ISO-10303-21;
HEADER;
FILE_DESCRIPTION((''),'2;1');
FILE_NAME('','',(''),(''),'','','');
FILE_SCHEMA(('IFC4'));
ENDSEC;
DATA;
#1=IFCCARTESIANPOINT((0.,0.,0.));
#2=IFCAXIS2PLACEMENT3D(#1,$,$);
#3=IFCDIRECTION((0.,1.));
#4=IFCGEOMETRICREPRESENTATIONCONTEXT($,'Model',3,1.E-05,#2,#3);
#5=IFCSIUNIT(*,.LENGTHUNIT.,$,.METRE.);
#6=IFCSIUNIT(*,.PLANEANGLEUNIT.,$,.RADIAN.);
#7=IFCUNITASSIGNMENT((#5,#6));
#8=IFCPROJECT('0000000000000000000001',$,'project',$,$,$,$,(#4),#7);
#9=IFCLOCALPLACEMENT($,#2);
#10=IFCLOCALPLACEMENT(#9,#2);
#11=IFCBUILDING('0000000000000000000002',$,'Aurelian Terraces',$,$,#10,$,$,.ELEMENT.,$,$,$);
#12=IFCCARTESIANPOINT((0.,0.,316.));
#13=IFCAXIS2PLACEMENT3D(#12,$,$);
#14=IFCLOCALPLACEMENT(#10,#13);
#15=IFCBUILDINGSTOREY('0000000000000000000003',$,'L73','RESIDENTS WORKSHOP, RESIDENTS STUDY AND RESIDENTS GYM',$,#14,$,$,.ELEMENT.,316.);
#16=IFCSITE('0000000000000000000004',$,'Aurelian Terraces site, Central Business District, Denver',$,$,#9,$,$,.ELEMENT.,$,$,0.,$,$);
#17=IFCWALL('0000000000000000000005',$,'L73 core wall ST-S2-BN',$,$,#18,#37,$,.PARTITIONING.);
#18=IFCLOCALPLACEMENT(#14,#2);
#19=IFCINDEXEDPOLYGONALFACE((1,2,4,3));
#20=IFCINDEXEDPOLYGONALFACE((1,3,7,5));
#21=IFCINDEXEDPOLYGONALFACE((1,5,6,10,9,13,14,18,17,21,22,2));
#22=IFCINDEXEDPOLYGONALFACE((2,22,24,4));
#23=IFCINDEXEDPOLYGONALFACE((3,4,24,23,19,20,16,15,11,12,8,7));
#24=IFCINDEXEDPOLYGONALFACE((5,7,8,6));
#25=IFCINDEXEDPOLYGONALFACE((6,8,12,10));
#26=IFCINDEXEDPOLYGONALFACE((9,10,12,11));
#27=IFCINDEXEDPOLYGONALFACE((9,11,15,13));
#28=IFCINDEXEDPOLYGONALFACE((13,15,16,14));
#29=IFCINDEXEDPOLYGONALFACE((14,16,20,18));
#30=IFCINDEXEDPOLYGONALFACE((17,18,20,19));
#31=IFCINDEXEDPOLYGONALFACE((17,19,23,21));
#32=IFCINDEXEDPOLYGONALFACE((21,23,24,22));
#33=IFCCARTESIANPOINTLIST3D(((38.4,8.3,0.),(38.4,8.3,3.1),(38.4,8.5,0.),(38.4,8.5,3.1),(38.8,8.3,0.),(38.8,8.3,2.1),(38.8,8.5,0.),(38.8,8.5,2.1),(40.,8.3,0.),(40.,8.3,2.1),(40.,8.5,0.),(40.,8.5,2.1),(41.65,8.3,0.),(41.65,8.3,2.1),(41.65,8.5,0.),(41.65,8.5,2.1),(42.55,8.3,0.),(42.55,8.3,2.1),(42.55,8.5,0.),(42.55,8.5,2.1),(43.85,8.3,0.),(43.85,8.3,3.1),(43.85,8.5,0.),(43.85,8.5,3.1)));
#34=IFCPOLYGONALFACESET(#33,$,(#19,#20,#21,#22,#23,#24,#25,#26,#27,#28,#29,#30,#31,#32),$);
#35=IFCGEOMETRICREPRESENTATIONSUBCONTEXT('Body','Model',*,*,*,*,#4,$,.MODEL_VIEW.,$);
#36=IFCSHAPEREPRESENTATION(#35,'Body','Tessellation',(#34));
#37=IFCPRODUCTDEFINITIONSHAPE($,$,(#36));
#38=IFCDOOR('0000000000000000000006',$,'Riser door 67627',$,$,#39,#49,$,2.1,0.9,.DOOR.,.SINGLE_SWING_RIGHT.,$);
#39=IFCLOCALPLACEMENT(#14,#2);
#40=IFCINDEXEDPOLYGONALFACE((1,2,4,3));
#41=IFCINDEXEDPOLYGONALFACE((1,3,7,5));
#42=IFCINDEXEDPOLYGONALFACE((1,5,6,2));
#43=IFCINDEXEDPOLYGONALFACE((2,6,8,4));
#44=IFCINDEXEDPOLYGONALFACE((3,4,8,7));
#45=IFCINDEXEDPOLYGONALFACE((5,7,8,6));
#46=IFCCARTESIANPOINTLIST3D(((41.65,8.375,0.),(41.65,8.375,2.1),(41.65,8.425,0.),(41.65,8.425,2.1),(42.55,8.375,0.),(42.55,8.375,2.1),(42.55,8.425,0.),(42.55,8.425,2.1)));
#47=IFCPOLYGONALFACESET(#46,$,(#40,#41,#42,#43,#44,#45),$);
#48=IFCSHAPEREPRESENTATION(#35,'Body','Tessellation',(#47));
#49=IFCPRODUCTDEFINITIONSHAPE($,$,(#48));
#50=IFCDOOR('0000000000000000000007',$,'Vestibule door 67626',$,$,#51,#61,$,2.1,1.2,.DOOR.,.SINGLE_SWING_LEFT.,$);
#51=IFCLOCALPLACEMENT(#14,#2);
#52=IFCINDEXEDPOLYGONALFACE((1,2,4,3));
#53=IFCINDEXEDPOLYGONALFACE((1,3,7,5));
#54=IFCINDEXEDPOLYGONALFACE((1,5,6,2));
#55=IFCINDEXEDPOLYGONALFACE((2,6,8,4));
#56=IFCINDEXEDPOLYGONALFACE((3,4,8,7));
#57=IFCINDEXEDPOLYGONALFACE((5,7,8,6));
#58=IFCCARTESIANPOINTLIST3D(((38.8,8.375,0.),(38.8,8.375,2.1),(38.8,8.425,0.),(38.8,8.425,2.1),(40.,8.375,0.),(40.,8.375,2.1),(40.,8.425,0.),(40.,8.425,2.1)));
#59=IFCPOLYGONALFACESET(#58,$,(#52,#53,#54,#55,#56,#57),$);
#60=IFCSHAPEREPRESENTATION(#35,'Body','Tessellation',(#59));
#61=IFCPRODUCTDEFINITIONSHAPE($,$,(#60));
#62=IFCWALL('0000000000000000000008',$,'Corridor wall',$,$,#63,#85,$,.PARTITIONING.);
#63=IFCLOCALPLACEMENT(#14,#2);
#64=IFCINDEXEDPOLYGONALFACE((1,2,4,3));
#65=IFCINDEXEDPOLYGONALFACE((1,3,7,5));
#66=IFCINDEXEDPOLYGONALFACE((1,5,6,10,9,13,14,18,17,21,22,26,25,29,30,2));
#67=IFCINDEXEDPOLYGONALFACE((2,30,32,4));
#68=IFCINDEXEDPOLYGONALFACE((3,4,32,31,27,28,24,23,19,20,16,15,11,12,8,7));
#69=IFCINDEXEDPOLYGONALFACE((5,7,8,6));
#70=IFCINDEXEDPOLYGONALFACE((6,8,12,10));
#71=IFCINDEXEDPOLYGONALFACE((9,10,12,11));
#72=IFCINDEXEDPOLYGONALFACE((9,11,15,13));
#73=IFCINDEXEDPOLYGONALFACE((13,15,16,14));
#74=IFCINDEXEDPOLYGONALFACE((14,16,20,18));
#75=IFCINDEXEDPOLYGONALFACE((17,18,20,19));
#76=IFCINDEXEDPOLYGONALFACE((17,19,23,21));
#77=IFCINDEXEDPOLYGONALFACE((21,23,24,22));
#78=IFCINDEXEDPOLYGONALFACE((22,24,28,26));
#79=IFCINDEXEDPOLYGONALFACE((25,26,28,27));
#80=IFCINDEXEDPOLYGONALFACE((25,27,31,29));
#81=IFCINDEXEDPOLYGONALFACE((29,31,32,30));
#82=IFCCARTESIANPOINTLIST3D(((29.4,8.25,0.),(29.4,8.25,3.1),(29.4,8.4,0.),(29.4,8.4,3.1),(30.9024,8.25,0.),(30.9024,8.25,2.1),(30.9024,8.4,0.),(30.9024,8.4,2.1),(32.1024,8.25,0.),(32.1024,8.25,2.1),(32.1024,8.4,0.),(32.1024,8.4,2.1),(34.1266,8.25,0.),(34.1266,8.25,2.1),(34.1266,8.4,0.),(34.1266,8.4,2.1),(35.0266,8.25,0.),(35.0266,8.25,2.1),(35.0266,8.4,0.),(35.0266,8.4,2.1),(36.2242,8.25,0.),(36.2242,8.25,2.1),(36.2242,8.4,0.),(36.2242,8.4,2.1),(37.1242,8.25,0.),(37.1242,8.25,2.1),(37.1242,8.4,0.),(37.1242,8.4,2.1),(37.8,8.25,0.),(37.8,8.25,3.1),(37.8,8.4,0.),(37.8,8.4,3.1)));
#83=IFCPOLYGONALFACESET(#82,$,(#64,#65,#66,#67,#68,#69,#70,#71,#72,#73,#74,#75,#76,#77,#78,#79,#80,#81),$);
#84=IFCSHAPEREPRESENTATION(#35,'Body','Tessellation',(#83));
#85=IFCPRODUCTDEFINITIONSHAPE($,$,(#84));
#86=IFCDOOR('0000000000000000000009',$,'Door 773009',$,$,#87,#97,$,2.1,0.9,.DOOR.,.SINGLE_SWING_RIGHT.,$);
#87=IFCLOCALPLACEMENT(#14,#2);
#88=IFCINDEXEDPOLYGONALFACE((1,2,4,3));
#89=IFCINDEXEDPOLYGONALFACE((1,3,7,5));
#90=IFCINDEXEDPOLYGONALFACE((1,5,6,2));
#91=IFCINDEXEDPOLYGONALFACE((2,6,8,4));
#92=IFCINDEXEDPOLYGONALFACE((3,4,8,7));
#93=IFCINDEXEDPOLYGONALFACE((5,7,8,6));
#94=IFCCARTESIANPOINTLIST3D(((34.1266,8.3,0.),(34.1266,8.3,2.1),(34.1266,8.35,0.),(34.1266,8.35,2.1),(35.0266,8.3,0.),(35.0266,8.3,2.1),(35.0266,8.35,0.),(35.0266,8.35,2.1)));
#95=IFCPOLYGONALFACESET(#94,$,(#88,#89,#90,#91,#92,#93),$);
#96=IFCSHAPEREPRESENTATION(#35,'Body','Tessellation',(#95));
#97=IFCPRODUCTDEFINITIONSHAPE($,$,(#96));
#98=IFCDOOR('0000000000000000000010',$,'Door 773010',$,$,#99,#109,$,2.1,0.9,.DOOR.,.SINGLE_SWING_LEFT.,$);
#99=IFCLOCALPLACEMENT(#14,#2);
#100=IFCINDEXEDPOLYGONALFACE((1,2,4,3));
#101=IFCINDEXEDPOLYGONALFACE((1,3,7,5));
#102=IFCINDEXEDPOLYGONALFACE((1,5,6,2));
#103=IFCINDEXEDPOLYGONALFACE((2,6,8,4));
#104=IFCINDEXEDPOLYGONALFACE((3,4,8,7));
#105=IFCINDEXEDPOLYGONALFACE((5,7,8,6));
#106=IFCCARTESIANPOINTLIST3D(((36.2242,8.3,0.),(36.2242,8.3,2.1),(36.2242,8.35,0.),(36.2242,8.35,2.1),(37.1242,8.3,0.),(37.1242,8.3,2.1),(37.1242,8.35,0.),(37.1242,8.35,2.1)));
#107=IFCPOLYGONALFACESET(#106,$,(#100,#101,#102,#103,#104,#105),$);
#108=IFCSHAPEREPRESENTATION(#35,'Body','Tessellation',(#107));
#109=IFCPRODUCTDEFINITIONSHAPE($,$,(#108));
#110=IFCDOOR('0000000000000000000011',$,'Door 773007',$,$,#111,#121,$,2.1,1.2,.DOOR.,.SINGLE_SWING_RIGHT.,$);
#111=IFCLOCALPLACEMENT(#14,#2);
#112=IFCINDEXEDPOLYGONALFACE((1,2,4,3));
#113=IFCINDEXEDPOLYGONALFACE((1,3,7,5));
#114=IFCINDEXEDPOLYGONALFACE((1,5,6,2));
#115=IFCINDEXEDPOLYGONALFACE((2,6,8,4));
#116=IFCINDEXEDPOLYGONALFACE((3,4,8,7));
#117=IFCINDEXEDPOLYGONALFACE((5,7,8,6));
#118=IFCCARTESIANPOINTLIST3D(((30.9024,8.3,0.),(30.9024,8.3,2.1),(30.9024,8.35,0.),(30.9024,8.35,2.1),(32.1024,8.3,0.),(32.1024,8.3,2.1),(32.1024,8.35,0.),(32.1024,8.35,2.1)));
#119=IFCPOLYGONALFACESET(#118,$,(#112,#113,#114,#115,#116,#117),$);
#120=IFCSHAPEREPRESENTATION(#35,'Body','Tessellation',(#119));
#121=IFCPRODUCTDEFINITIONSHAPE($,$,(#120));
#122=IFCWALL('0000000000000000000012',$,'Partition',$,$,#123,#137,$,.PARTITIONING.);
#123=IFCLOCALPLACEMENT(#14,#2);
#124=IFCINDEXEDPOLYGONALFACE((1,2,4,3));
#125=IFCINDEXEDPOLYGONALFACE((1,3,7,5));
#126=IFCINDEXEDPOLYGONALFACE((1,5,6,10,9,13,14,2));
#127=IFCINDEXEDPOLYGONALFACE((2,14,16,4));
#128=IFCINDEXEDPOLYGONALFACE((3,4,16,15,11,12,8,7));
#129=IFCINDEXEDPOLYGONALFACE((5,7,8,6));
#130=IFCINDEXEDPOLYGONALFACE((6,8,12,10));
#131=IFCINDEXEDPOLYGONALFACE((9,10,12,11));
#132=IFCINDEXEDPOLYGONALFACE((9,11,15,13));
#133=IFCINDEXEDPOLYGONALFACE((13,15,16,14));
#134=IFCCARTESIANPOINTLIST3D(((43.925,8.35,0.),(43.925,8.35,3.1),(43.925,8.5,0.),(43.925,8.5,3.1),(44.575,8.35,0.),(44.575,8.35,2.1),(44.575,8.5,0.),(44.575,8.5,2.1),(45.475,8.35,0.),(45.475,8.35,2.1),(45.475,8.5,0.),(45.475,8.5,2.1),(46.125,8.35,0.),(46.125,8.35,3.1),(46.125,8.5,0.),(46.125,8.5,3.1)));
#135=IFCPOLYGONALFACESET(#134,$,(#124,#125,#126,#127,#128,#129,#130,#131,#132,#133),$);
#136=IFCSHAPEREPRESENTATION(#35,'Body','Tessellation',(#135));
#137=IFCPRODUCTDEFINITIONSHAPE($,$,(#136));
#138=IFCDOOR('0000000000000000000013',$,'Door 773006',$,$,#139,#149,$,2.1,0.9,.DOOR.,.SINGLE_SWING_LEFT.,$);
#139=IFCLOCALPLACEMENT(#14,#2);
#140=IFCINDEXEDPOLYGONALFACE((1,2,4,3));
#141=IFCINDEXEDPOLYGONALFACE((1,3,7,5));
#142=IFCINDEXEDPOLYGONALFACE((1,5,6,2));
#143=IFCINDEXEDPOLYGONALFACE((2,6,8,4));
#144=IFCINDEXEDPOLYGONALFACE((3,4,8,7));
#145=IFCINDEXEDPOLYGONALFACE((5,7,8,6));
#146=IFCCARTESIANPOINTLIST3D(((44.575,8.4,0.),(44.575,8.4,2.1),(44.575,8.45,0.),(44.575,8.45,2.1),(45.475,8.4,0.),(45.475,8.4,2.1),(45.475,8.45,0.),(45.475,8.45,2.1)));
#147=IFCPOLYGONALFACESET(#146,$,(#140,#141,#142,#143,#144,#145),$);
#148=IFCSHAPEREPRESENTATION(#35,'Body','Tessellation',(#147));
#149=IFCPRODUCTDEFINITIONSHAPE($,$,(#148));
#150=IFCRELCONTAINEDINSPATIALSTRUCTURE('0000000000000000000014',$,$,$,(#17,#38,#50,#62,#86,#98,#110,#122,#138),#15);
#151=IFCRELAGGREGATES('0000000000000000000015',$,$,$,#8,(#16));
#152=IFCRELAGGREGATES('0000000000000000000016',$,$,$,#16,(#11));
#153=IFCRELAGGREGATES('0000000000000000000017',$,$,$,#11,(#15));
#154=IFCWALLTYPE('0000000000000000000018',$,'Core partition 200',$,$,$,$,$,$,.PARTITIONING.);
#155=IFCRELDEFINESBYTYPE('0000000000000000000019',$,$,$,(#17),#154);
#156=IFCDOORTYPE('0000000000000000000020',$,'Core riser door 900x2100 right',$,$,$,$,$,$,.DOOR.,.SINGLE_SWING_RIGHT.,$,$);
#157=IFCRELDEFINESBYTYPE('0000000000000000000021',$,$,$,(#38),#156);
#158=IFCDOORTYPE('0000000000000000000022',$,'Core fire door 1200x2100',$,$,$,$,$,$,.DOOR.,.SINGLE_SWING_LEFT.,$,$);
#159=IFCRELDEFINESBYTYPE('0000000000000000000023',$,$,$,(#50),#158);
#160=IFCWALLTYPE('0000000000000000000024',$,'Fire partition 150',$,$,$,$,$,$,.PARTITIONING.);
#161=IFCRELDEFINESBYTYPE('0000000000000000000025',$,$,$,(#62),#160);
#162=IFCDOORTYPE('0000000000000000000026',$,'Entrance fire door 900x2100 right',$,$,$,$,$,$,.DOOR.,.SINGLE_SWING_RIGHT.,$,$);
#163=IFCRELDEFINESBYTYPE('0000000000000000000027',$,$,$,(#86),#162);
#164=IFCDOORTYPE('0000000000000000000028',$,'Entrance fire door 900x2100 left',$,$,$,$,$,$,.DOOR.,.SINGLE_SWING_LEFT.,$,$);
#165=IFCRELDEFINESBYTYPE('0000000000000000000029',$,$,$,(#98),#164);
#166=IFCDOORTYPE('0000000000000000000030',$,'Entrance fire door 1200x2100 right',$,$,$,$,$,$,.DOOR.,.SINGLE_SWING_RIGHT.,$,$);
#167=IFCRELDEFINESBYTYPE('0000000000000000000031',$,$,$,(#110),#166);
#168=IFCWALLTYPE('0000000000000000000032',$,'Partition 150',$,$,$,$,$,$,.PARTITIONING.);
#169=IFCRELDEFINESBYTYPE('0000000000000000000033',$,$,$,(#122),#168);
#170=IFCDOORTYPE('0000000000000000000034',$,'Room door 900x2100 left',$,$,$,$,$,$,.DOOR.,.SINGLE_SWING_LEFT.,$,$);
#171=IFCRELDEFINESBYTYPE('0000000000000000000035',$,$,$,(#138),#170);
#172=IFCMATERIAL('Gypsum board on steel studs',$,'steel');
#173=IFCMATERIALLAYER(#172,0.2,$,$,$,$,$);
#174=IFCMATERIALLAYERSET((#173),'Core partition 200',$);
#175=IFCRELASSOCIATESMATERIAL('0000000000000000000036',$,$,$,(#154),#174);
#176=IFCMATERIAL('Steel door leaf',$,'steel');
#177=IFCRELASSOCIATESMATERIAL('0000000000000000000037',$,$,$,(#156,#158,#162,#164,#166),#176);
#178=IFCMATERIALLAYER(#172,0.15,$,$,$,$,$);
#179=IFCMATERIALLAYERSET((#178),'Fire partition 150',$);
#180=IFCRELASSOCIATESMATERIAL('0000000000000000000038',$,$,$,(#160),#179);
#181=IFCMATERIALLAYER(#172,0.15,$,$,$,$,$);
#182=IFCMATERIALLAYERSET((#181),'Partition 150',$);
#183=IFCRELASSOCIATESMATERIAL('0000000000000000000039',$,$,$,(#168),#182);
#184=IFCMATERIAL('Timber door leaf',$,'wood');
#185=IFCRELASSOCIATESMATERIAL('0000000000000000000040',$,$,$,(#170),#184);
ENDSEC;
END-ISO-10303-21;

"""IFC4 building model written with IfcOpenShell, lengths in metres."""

from ifc_helpers import new_model, si_unit, direction, frame, frame_2d, origin, place, context, subcontext, project, spatial, rectangle, extrude, source, transform, mapped, material, layer, layer_set, type_object, element, fill, save


model = new_model("IFC4")

# Units and contexts
model_context = context("Model", 3, precision=1e-05, world=origin(), true_north=direction((0.0, 1.0)))
body_context = subcontext(model_context, "Body", "Model", "MODEL_VIEW")
ifc_project = project(units=[si_unit("LENGTHUNIT", "METRE"), si_unit("PLANEANGLEUNIT", "RADIAN")], contexts=[model_context])

# Site, building, storey
site_placement = place(None, origin())
site = spatial("IfcSite", under=ifc_project, at=site_placement, Name="Aurelian Terraces site, Central Business District, Denver", CompositionType="ELEMENT", RefElevation=0.0)
building_placement = place(site_placement, origin())
building = spatial("IfcBuilding", under=site, at=building_placement, Name="Aurelian Terraces", CompositionType="ELEMENT")
storey_placement = place(building_placement, frame((0.0, 0.0, 316.0)))
storey = spatial("IfcBuildingStorey", under=building, at=storey_placement, Name="L73", Description="RESIDENTS WORKSHOP, RESIDENTS STUDY AND RESIDENTS GYM", CompositionType="ELEMENT", Elevation=316.0)

# Walls, openings, doors
ifc_material_1 = material(Name="Gypsum board on steel studs", Category="steel")
ifc_layer_1 = layer(ifc_material_1, 0.2)
ifc_layer_set_1 = layer_set([ifc_layer_1], Name="Core partition 200")
wall_type_1 = type_object("IfcWallType", Name="Core partition 200", PredefinedType="PARTITIONING", material=ifc_layer_set_1)
shared_shape_1 = source(origin(), body_context, "Body", "SweptSolid", [
    extrude(rectangle(XDim=5.45, YDim=0.2, at=frame_2d((2.725, 0.0))), origin(), (0.0, 0.0, 1.0), 3.1),
])
wall_1_placement = place(storey_placement, frame((38.4, 8.4, 0.0), z_axis=(0.0, 0.0, 1.0), x_axis=(1.0, 0.0, 0.0)))
wall_1 = element("IfcWall", 1, at=wall_1_placement, inside=storey, type_object=wall_type_1, Name="L73 core wall ST-S2-BN", PredefinedType="PARTITIONING", context=body_context, shape_type="MappedRepresentation", body=[
    mapped(shared_shape_1, transform((0.0, 0.0, 0.0), scale=1.0)),
])
shared_shape_2 = source(origin(), body_context, "Body", "SweptSolid", [
    extrude(rectangle(XDim=1.2, YDim=2.1, at=frame_2d((0.6, 1.05))), frame((0.0, 0.11, 0.0), z_axis=(0.0, -1.0, 0.0), x_axis=(1.0, 0.0, 0.0)), (0.0, 0.0, 1.0), 0.22),
])
opening_1_placement = place(wall_1_placement, frame((0.4, 0.0, 0.0)))
opening_1 = element("IfcOpeningElement", 2, at=opening_1_placement, cuts=wall_1, PredefinedType="OPENING", context=body_context, shape_type="MappedRepresentation", body=[
    mapped(shared_shape_2, transform((0.0, 0.0, 0.0), scale=1.0)),
])
shared_shape_3 = source(origin(), body_context, "Body", "SweptSolid", [
    extrude(rectangle(XDim=0.9, YDim=2.1, at=frame_2d((0.45, 1.05))), frame((0.0, 0.11, 0.0), z_axis=(0.0, -1.0, 0.0), x_axis=(1.0, 0.0, 0.0)), (0.0, 0.0, 1.0), 0.22),
])
opening_2_placement = place(wall_1_placement, frame((3.25, 0.0, 0.0)))
opening_2 = element("IfcOpeningElement", 3, at=opening_2_placement, cuts=wall_1, PredefinedType="OPENING", context=body_context, shape_type="MappedRepresentation", body=[
    mapped(shared_shape_3, transform((0.0, 0.0, 0.0), scale=1.0)),
])
ifc_material_2 = material(Name="Steel door leaf", Category="steel")
door_type_1 = type_object("IfcDoorType", Name="Core riser door 900x2100 right", OperationType="SINGLE_SWING_RIGHT", PredefinedType="DOOR", material=ifc_material_2)
shared_shape_4 = source(origin(), body_context, "Body", "SweptSolid", [
    extrude(rectangle(XDim=0.9, YDim=2.1, at=frame_2d((0.45, 1.05))), frame((0.0, 0.025, 0.0), z_axis=(0.0, -1.0, 0.0), x_axis=(1.0, 0.0, 0.0)), (0.0, 0.0, 1.0), 0.05),
])
door_1_placement = place(opening_2_placement, origin())
door_1 = element("IfcDoor", 4, at=door_1_placement, inside=storey, type_object=door_type_1, Name="Riser door 67627", OperationType="SINGLE_SWING_RIGHT", OverallHeight=2.1, OverallWidth=0.9, PredefinedType="DOOR", context=body_context, shape_type="MappedRepresentation", body=[
    mapped(shared_shape_4, transform((0.0, 0.0, 0.0), scale=1.0)),
])
fill(opening_2, door_1)
door_type_2 = type_object("IfcDoorType", Name="Core fire door 1200x2100", OperationType="SINGLE_SWING_LEFT", PredefinedType="DOOR", material=ifc_material_2)
shared_shape_5 = source(origin(), body_context, "Body", "SweptSolid", [
    extrude(rectangle(XDim=1.2, YDim=2.1, at=frame_2d((0.6, 1.05))), frame((0.0, 0.025, 0.0), z_axis=(0.0, -1.0, 0.0), x_axis=(1.0, 0.0, 0.0)), (0.0, 0.0, 1.0), 0.05),
])
door_2_placement = place(opening_1_placement, origin())
door_2 = element("IfcDoor", 5, at=door_2_placement, inside=storey, type_object=door_type_2, Name="Vestibule door 67626", OperationType="SINGLE_SWING_LEFT", OverallHeight=2.1, OverallWidth=1.2, PredefinedType="DOOR", context=body_context, shape_type="MappedRepresentation", body=[
    mapped(shared_shape_5, transform((0.0, 0.0, 0.0), scale=1.0)),
])
fill(opening_1, door_2)
ifc_layer_2 = layer(ifc_material_1, 0.15)
ifc_layer_set_2 = layer_set([ifc_layer_2], Name="Fire partition 150")
wall_type_2 = type_object("IfcWallType", Name="Fire partition 150", PredefinedType="PARTITIONING", material=ifc_layer_set_2)
shared_shape_6 = source(origin(), body_context, "Body", "SweptSolid", [
    extrude(rectangle(XDim=8.4, YDim=0.15, at=frame_2d((4.2, 0.0))), origin(), (0.0, 0.0, 1.0), 3.1),
])
wall_2_placement = place(storey_placement, frame((37.8, 8.325, 0.0), z_axis=(0.0, 0.0, 1.0), x_axis=(-1.0, 0.0, 0.0)))
wall_2 = element("IfcWall", 6, at=wall_2_placement, inside=storey, type_object=wall_type_2, Name="Corridor wall", PredefinedType="PARTITIONING", context=body_context, shape_type="MappedRepresentation", body=[
    mapped(shared_shape_6, transform((0.0, 0.0, 0.0), scale=1.0)),
])
shared_shape_7 = source(origin(), body_context, "Body", "SweptSolid", [
    extrude(rectangle(XDim=1.2, YDim=2.1, at=frame_2d((0.6, 1.05))), frame((0.0, 0.085, 0.0), z_axis=(0.0, -1.0, 0.0), x_axis=(1.0, 0.0, 0.0)), (0.0, 0.0, 1.0), 0.17),
])
opening_3_placement = place(wall_2_placement, frame((5.6976, 0.0, 0.0)))
opening_3 = element("IfcOpeningElement", 7, at=opening_3_placement, cuts=wall_2, PredefinedType="OPENING", context=body_context, shape_type="MappedRepresentation", body=[
    mapped(shared_shape_7, transform((0.0, 0.0, 0.0), scale=1.0)),
])
shared_shape_8 = source(origin(), body_context, "Body", "SweptSolid", [
    extrude(rectangle(XDim=0.9, YDim=2.1, at=frame_2d((0.45, 1.05))), frame((0.0, 0.085, 0.0), z_axis=(0.0, -1.0, 0.0), x_axis=(1.0, 0.0, 0.0)), (0.0, 0.0, 1.0), 0.17),
])
opening_4_placement = place(wall_2_placement, frame((2.7734, 0.0, 0.0)))
opening_4 = element("IfcOpeningElement", 8, at=opening_4_placement, cuts=wall_2, PredefinedType="OPENING", context=body_context, shape_type="MappedRepresentation", body=[
    mapped(shared_shape_8, transform((0.0, 0.0, 0.0), scale=1.0)),
])
opening_5_placement = place(wall_2_placement, frame((0.6758, 0.0, 0.0)))
opening_5 = element("IfcOpeningElement", 9, at=opening_5_placement, cuts=wall_2, PredefinedType="OPENING", context=body_context, shape_type="MappedRepresentation", body=[
    mapped(shared_shape_8, transform((0.0, 0.0, 0.0), scale=1.0)),
])
door_type_3 = type_object("IfcDoorType", Name="Entrance fire door 900x2100 right", OperationType="SINGLE_SWING_RIGHT", PredefinedType="DOOR", material=ifc_material_2)
door_3_placement = place(opening_4_placement, origin())
door_3 = element("IfcDoor", 10, at=door_3_placement, inside=storey, type_object=door_type_3, Name="Door 773009", OperationType="SINGLE_SWING_RIGHT", OverallHeight=2.1, OverallWidth=0.9, PredefinedType="DOOR", context=body_context, shape_type="MappedRepresentation", body=[
    mapped(shared_shape_4, transform((0.0, 0.0, 0.0), scale=1.0)),
])
fill(opening_4, door_3)
door_type_4 = type_object("IfcDoorType", Name="Entrance fire door 900x2100 left", OperationType="SINGLE_SWING_LEFT", PredefinedType="DOOR", material=ifc_material_2)
door_4_placement = place(opening_5_placement, origin())
door_4 = element("IfcDoor", 11, at=door_4_placement, inside=storey, type_object=door_type_4, Name="Door 773010", OperationType="SINGLE_SWING_LEFT", OverallHeight=2.1, OverallWidth=0.9, PredefinedType="DOOR", context=body_context, shape_type="MappedRepresentation", body=[
    mapped(shared_shape_4, transform((0.0, 0.0, 0.0), scale=1.0)),
])
fill(opening_5, door_4)
door_type_5 = type_object("IfcDoorType", Name="Entrance fire door 1200x2100 right", OperationType="SINGLE_SWING_RIGHT", PredefinedType="DOOR", material=ifc_material_2)
door_5_placement = place(opening_3_placement, origin())
door_5 = element("IfcDoor", 12, at=door_5_placement, inside=storey, type_object=door_type_5, Name="Door 773007", OperationType="SINGLE_SWING_RIGHT", OverallHeight=2.1, OverallWidth=1.2, PredefinedType="DOOR", context=body_context, shape_type="MappedRepresentation", body=[
    mapped(shared_shape_5, transform((0.0, 0.0, 0.0), scale=1.0)),
])
fill(opening_3, door_5)

# Wall, opening, door
ifc_layer_3 = layer(ifc_material_1, 0.15)
ifc_layer_set_3 = layer_set([ifc_layer_3], Name="Partition 150")
wall_type_3 = type_object("IfcWallType", Name="Partition 150", PredefinedType="PARTITIONING", material=ifc_layer_set_3)
shared_shape_9 = source(origin(), body_context, "Body", "SweptSolid", [
    extrude(rectangle(XDim=2.2, YDim=0.15, at=frame_2d((1.1, 0.0))), origin(), (0.0, 0.0, 1.0), 3.1),
])
wall_3_placement = place(storey_placement, frame((46.125, 8.425, 0.0), z_axis=(0.0, 0.0, 1.0), x_axis=(-1.0, 0.0, 0.0)))
wall_3 = element("IfcWall", 13, at=wall_3_placement, inside=storey, type_object=wall_type_3, Name="Partition", PredefinedType="PARTITIONING", context=body_context, shape_type="MappedRepresentation", body=[
    mapped(shared_shape_9, transform((0.0, 0.0, 0.0), scale=1.0)),
])
opening_6_placement = place(wall_3_placement, frame((0.65, 0.0, 0.0)))
opening_6 = element("IfcOpeningElement", 14, at=opening_6_placement, cuts=wall_3, PredefinedType="OPENING", context=body_context, shape_type="MappedRepresentation", body=[
    mapped(shared_shape_8, transform((0.0, 0.0, 0.0), scale=1.0)),
])
ifc_material_3 = material(Name="Timber door leaf", Category="wood")
door_type_6 = type_object("IfcDoorType", Name="Room door 900x2100 left", OperationType="SINGLE_SWING_LEFT", PredefinedType="DOOR", material=ifc_material_3)
door_6_placement = place(opening_6_placement, origin())
door_6 = element("IfcDoor", 15, at=door_6_placement, inside=storey, type_object=door_type_6, Name="Door 773006", OperationType="SINGLE_SWING_LEFT", OverallHeight=2.1, OverallWidth=0.9, PredefinedType="DOOR", context=body_context, shape_type="MappedRepresentation", body=[
    mapped(shared_shape_4, transform((0.0, 0.0, 0.0), scale=1.0)),
])
fill(opening_6, door_6)

save(model, "model.ifc")
